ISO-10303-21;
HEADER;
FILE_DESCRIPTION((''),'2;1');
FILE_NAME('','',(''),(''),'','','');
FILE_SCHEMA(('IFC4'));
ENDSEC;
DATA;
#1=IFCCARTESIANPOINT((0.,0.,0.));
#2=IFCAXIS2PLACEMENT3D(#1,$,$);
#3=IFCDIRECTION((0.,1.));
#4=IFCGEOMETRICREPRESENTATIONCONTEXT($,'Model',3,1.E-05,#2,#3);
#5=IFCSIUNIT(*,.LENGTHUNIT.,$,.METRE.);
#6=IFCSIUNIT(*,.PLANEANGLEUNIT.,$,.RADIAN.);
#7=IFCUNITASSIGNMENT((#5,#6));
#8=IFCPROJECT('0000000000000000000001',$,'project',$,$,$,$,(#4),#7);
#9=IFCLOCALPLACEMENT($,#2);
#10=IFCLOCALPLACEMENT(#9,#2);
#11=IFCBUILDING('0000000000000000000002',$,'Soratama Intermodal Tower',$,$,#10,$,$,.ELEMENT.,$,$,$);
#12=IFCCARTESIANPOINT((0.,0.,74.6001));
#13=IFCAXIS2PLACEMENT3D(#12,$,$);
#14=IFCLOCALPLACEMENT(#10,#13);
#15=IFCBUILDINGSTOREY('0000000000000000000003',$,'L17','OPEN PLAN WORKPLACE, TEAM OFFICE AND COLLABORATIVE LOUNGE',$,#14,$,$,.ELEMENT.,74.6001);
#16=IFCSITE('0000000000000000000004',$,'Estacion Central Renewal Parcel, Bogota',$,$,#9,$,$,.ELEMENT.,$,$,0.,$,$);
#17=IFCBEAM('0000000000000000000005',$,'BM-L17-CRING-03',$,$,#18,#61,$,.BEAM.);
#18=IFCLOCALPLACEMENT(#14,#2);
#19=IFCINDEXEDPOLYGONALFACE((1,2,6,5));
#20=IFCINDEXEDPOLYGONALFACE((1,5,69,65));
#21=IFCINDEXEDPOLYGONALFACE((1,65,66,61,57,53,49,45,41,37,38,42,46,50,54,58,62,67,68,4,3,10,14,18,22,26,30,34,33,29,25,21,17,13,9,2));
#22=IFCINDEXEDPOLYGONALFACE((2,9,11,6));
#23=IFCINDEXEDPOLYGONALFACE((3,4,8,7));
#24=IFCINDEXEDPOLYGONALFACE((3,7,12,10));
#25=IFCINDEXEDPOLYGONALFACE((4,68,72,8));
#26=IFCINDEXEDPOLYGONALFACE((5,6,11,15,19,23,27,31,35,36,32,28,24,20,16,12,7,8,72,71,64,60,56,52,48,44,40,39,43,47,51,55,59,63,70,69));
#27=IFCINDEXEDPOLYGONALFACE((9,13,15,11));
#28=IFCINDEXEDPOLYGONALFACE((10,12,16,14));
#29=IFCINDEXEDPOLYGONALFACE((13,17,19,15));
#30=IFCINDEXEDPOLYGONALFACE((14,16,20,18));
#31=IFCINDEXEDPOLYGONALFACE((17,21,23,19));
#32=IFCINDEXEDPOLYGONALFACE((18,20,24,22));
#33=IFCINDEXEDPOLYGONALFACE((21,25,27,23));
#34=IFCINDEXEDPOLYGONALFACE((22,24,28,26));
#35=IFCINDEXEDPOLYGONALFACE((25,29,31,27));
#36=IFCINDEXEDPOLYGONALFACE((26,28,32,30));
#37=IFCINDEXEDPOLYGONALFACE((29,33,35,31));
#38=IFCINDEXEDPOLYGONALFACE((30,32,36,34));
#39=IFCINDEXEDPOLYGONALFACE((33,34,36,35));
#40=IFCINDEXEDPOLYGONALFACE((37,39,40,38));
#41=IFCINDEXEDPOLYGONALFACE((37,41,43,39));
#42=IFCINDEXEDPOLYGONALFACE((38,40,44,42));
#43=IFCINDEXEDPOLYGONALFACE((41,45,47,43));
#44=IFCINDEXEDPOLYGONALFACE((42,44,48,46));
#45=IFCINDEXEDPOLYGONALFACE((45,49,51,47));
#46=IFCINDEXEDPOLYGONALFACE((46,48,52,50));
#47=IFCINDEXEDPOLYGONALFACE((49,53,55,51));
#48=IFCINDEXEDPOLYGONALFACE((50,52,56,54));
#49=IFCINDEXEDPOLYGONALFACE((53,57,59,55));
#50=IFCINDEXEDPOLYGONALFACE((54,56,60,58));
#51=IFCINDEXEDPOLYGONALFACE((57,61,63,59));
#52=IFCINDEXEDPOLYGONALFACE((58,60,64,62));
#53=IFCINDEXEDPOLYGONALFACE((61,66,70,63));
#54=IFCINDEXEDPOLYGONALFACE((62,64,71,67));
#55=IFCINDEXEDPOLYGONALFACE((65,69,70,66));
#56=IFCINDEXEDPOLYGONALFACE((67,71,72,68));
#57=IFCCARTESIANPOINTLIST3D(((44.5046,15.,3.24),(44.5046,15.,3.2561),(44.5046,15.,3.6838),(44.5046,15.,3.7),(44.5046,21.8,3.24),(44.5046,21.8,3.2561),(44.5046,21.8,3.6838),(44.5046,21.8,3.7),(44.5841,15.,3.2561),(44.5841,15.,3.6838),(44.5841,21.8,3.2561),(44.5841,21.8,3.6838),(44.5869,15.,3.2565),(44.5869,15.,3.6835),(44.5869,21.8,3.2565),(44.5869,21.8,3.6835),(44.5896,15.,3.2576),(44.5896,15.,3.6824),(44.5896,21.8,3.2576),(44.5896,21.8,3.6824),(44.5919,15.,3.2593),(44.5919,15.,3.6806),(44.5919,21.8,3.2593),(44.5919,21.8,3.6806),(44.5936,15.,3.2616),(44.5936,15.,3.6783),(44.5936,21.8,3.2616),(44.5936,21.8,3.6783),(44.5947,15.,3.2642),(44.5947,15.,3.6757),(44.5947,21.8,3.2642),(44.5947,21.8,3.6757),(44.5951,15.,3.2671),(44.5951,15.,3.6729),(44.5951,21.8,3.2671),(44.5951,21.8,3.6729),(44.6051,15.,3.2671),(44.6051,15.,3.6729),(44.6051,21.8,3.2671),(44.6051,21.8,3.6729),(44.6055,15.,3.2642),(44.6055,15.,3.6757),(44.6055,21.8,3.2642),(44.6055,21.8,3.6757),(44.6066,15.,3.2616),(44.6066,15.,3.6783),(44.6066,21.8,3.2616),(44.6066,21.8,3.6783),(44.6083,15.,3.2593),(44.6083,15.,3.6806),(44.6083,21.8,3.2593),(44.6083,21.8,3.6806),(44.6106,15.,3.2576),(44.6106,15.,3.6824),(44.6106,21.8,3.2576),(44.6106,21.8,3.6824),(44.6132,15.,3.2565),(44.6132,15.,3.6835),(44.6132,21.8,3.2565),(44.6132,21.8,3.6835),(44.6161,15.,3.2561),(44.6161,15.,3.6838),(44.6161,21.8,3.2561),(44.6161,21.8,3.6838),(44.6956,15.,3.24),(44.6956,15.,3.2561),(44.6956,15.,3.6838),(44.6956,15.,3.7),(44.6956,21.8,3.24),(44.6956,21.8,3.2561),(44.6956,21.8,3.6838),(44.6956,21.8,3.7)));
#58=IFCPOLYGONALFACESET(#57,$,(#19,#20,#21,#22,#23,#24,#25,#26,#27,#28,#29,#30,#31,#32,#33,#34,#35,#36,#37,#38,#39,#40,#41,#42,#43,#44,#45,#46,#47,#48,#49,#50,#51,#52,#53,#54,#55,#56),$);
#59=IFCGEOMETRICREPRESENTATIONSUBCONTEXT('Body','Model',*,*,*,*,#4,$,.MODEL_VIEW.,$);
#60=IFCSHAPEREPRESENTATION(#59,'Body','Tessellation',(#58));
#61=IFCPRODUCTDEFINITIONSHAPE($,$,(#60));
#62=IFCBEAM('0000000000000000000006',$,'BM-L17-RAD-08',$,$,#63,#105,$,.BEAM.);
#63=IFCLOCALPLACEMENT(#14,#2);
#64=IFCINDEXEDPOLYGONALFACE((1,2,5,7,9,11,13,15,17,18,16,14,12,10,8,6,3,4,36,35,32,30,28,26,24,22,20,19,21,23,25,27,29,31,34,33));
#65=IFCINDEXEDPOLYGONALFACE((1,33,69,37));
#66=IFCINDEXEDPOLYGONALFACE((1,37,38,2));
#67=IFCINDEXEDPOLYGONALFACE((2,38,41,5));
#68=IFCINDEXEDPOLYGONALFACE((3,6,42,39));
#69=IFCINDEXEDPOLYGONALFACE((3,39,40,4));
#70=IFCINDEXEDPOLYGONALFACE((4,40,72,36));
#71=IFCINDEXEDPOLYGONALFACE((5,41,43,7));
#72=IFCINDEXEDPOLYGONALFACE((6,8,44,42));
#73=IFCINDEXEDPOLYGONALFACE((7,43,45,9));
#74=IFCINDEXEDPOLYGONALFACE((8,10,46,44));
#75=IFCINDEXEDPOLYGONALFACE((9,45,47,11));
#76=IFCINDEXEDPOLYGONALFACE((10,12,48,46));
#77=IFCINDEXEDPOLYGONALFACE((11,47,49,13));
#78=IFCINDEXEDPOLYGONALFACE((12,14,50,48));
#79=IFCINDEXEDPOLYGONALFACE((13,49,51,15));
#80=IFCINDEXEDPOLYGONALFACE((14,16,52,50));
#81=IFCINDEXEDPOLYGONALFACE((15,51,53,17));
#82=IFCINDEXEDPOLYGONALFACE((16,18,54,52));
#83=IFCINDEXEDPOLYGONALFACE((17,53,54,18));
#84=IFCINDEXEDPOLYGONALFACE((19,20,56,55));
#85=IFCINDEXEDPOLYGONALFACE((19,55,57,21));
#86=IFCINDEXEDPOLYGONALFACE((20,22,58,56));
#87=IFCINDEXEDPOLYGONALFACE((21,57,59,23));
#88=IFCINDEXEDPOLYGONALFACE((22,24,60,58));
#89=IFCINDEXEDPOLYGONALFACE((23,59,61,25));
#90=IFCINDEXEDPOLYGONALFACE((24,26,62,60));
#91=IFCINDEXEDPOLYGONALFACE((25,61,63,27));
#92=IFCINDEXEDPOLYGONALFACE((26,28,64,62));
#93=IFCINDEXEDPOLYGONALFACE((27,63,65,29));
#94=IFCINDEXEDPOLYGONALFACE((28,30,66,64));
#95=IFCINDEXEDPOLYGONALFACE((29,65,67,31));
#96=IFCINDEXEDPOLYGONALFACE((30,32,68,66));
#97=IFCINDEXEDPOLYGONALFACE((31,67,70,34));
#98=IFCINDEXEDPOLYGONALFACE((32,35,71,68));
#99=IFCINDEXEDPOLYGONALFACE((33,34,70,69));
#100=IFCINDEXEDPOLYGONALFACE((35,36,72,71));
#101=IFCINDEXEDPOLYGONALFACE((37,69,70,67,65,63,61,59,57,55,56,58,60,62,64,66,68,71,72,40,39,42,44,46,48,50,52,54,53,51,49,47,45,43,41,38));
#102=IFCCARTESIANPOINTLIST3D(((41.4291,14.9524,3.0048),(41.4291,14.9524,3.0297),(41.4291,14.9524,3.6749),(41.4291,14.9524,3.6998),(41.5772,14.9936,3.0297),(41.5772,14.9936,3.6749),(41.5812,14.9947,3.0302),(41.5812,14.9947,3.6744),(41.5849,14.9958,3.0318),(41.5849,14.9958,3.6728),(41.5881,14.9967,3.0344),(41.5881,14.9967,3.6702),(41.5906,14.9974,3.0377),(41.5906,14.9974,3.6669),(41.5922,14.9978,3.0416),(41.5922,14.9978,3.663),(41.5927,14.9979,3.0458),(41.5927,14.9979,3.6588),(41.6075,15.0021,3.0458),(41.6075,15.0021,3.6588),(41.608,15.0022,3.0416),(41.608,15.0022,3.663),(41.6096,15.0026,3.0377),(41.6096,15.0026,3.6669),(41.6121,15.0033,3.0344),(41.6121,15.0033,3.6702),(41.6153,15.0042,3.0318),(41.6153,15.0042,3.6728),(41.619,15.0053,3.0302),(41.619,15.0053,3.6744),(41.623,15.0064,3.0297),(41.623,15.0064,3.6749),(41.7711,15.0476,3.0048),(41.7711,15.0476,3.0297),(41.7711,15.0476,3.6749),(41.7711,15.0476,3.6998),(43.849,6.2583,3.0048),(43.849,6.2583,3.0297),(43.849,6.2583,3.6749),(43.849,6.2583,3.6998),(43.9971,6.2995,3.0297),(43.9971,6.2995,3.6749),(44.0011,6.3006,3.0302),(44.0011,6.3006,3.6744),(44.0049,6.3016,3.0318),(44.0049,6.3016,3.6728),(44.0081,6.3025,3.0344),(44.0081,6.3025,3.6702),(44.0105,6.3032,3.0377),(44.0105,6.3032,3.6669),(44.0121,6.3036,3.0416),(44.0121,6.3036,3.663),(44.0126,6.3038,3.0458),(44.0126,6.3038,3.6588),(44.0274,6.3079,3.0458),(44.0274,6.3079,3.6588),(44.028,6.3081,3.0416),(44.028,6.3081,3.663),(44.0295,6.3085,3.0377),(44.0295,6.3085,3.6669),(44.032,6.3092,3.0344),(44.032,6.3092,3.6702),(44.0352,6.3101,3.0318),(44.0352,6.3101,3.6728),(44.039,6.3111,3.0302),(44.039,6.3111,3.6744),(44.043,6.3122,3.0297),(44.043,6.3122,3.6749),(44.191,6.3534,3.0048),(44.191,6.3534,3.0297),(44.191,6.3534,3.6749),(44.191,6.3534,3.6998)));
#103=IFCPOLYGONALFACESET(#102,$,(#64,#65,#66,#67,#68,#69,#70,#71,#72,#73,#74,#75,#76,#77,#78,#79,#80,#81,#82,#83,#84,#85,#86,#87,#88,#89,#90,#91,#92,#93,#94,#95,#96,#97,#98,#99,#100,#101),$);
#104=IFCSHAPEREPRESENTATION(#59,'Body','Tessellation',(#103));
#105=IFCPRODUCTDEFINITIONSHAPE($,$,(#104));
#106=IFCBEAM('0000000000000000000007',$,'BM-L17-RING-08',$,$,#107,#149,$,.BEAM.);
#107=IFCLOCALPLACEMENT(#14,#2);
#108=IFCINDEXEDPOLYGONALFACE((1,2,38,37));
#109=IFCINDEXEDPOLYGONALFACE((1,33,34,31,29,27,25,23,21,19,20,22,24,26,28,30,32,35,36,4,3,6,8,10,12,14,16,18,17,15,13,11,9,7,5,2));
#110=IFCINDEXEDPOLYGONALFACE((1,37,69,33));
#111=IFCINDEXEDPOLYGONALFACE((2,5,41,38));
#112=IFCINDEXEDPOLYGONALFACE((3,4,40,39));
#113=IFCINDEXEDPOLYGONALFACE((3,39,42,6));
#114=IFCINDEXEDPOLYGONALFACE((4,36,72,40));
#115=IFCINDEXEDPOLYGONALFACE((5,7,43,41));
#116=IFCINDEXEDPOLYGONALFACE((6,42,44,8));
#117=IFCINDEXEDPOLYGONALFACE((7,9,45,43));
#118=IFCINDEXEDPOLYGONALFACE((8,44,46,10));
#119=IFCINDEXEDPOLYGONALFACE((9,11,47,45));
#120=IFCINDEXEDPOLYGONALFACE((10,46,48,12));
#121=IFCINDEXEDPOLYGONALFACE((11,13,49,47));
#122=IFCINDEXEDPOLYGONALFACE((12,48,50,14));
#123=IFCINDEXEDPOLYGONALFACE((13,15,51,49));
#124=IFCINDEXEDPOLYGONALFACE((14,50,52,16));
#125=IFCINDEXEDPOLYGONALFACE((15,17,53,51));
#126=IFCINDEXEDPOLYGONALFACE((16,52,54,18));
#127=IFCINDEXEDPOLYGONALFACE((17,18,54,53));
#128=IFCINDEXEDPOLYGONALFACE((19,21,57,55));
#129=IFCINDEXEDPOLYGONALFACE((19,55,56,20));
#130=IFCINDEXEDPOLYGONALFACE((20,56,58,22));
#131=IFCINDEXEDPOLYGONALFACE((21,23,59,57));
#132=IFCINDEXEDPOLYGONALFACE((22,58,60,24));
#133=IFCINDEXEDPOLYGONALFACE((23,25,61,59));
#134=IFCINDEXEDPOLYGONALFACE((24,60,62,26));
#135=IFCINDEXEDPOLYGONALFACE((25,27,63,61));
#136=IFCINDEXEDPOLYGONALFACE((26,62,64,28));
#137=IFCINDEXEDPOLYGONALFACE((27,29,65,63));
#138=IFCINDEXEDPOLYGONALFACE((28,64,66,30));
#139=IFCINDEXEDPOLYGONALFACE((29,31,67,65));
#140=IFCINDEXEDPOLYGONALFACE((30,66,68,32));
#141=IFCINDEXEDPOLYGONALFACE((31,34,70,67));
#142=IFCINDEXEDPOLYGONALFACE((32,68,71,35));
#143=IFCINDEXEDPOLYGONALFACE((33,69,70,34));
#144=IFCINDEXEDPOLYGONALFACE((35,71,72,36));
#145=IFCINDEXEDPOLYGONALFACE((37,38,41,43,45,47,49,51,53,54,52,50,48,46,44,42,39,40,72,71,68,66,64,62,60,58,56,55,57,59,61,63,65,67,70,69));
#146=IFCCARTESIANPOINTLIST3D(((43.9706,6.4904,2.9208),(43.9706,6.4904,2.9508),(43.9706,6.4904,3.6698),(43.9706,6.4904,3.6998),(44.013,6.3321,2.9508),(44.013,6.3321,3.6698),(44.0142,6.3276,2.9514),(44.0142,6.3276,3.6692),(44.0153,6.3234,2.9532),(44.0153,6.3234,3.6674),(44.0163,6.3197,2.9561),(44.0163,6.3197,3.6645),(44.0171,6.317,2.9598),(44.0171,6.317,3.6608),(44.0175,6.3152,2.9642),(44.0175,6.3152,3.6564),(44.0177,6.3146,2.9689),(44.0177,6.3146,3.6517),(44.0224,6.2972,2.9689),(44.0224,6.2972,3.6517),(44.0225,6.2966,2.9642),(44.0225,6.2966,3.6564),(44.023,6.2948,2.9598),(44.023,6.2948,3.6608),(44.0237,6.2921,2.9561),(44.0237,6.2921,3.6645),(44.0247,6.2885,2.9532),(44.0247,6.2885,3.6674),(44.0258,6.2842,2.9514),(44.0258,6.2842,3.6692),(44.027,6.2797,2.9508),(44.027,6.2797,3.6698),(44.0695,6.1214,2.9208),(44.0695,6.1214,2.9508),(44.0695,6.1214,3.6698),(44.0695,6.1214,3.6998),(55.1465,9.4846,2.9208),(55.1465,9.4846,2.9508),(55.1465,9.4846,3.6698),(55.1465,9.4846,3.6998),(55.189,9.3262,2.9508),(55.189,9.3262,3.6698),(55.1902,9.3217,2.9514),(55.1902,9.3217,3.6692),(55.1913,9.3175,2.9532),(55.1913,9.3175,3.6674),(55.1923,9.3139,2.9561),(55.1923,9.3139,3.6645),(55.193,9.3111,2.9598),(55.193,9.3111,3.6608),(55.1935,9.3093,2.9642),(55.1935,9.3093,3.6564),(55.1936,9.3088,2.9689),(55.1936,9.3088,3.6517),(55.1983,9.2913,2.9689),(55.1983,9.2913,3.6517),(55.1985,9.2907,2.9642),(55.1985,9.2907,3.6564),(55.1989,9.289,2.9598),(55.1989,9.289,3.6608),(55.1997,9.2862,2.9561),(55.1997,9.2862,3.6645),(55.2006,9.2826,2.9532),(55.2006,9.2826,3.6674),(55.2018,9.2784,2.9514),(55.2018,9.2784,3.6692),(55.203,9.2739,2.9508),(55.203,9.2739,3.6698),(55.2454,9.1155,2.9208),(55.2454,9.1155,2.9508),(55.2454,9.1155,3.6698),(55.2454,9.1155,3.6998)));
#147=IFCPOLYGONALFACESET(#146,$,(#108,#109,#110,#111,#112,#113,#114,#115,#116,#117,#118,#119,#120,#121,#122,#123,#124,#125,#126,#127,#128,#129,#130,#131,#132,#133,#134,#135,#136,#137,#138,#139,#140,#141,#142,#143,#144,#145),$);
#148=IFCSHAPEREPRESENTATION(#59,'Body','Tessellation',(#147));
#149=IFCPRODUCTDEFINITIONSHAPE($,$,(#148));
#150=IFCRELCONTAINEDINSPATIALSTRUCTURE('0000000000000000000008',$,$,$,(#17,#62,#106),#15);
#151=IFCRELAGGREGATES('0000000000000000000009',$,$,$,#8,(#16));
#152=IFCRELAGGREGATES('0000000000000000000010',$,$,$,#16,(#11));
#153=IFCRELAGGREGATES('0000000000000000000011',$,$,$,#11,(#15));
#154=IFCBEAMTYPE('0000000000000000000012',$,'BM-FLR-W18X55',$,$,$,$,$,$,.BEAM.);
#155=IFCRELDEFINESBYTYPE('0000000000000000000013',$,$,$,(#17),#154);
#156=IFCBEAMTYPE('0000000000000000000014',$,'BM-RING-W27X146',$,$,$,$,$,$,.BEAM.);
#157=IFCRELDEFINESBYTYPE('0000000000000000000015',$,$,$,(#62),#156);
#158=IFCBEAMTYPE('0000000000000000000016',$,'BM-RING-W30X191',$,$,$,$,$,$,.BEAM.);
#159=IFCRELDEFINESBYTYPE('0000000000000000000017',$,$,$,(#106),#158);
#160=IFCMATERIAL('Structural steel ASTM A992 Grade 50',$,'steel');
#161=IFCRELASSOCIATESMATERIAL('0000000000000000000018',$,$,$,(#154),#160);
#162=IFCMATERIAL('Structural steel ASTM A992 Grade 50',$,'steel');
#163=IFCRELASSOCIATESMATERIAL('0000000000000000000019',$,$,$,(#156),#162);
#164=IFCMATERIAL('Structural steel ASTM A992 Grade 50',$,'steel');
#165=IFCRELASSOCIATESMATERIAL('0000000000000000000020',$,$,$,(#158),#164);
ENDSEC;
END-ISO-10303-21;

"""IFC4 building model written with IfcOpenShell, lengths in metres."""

from ifc_helpers import new_model, si_unit, direction, frame, origin, origin_2d, place, context, subcontext, project, spatial, i_section, extrude, material, material_profile, profile_set, type_object, element, save


model = new_model("IFC4")

# Units and contexts
model_context = context("Model", 3, precision=1e-05, world=origin(), true_north=direction((0.0, 1.0)))
body_context = subcontext(model_context, "Body", "Model", "MODEL_VIEW")
ifc_project = project(units=[si_unit("LENGTHUNIT", "METRE"), si_unit("PLANEANGLEUNIT", "RADIAN")], contexts=[model_context])

# Site, building, storey
site_placement = place(None, origin())
site = spatial("IfcSite", under=ifc_project, at=site_placement, Name="Estacion Central Renewal Parcel, Bogota", CompositionType="ELEMENT", RefElevation=0.0)
building_placement = place(site_placement, origin())
building = spatial("IfcBuilding", under=site, at=building_placement, Name="Soratama Intermodal Tower", CompositionType="ELEMENT")
storey_placement = place(building_placement, frame((0.0, 0.0, 74.6001)))
storey = spatial("IfcBuildingStorey", under=building, at=storey_placement, Name="L17", Description="OPEN PLAN WORKPLACE, TEAM OFFICE AND COLLABORATIVE LOUNGE", CompositionType="ELEMENT", Elevation=74.6001)

# Beams
ifc_material_1 = material(Name="Structural steel ASTM A992 Grade 50", Category="steel")
ifc_material_profile_1 = material_profile(ifc_material_1, i_section(OverallWidth=0.1909, OverallDepth=0.46, WebThickness=0.01, FlangeThickness=0.0161, FilletRadius=0.011, at=origin_2d()), Name="W18X55")
ifc_profile_set_1 = profile_set([ifc_material_profile_1], Name="Structural steel ASTM A992 Grade 50")
beam_type_1 = type_object("IfcBeamType", Name="BM-FLR-W18X55", PredefinedType="BEAM", material=ifc_profile_set_1)
beam_1_placement = place(storey_placement, frame((44.6001, 15.0, 3.47), z_axis=(0.0, 1.0, 0.0), x_axis=(-1.0, 0.0, 0.0)))
element("IfcBeam", 1, at=beam_1_placement, inside=storey, type_object=beam_type_1, Name="BM-L17-CRING-03", PredefinedType="BEAM", context=body_context, shape_type="SweptSolid", body=[
    extrude(i_section(OverallWidth=0.1909, OverallDepth=0.46, WebThickness=0.01, FlangeThickness=0.0161, FilletRadius=0.011, at=origin_2d()), origin(), (0.0, 0.0, 1.0), 6.8),
])
ifc_material_2 = material(Name="Structural steel ASTM A992 Grade 50", Category="steel")
ifc_material_profile_2 = material_profile(ifc_material_2, i_section(OverallWidth=0.355, OverallDepth=0.6951, WebThickness=0.0154, FlangeThickness=0.0249, FilletRadius=0.0161, at=origin_2d()), Name="W27X146")
ifc_profile_set_2 = profile_set([ifc_material_profile_2], Name="Structural steel ASTM A992 Grade 50")
beam_type_2 = type_object("IfcBeamType", Name="BM-RING-W27X146", PredefinedType="BEAM", material=ifc_profile_set_2)
beam_2_placement = place(storey_placement, frame((41.6001, 15.0, 3.3523), z_axis=(0.268148, -0.963378, 0.0), x_axis=(0.963378, 0.268148, 0.0)))
element("IfcBeam", 2, at=beam_2_placement, inside=storey, type_object=beam_type_2, Name="BM-L17-RAD-08", PredefinedType="BEAM", context=body_context, shape_type="SweptSolid", body=[
    extrude(i_section(OverallWidth=0.355, OverallDepth=0.6951, WebThickness=0.0154, FlangeThickness=0.0249, FilletRadius=0.0161, at=origin_2d()), origin(), (0.0, 0.0, 1.0), 9.0247),
])
ifc_material_3 = material(Name="Structural steel ASTM A992 Grade 50", Category="steel")
ifc_material_profile_3 = material_profile(ifc_material_3, i_section(OverallWidth=0.3821, OverallDepth=0.7791, WebThickness=0.0181, FlangeThickness=0.03, FilletRadius=0.0181, at=origin_2d()), Name="W30X191")
ifc_profile_set_3 = profile_set([ifc_material_profile_3], Name="Structural steel ASTM A992 Grade 50")
beam_type_3 = type_object("IfcBeamType", Name="BM-RING-W30X191", PredefinedType="BEAM", material=ifc_profile_set_3)
beam_3_placement = place(storey_placement, frame((44.02, 6.3059, 3.3103), z_axis=(0.965936, 0.258781, 0.0), x_axis=(-0.258781, 0.965936, 0.0)))
element("IfcBeam", 3, at=beam_3_placement, inside=storey, type_object=beam_type_3, Name="BM-L17-RING-08", PredefinedType="BEAM", context=body_context, shape_type="SweptSolid", body=[
    extrude(i_section(OverallWidth=0.3821, OverallDepth=0.7791, WebThickness=0.0181, FlangeThickness=0.03, FilletRadius=0.0181, at=origin_2d()), origin(), (0.0, 0.0, 1.0), 11.5701),
])

save(model, "model.ifc")
